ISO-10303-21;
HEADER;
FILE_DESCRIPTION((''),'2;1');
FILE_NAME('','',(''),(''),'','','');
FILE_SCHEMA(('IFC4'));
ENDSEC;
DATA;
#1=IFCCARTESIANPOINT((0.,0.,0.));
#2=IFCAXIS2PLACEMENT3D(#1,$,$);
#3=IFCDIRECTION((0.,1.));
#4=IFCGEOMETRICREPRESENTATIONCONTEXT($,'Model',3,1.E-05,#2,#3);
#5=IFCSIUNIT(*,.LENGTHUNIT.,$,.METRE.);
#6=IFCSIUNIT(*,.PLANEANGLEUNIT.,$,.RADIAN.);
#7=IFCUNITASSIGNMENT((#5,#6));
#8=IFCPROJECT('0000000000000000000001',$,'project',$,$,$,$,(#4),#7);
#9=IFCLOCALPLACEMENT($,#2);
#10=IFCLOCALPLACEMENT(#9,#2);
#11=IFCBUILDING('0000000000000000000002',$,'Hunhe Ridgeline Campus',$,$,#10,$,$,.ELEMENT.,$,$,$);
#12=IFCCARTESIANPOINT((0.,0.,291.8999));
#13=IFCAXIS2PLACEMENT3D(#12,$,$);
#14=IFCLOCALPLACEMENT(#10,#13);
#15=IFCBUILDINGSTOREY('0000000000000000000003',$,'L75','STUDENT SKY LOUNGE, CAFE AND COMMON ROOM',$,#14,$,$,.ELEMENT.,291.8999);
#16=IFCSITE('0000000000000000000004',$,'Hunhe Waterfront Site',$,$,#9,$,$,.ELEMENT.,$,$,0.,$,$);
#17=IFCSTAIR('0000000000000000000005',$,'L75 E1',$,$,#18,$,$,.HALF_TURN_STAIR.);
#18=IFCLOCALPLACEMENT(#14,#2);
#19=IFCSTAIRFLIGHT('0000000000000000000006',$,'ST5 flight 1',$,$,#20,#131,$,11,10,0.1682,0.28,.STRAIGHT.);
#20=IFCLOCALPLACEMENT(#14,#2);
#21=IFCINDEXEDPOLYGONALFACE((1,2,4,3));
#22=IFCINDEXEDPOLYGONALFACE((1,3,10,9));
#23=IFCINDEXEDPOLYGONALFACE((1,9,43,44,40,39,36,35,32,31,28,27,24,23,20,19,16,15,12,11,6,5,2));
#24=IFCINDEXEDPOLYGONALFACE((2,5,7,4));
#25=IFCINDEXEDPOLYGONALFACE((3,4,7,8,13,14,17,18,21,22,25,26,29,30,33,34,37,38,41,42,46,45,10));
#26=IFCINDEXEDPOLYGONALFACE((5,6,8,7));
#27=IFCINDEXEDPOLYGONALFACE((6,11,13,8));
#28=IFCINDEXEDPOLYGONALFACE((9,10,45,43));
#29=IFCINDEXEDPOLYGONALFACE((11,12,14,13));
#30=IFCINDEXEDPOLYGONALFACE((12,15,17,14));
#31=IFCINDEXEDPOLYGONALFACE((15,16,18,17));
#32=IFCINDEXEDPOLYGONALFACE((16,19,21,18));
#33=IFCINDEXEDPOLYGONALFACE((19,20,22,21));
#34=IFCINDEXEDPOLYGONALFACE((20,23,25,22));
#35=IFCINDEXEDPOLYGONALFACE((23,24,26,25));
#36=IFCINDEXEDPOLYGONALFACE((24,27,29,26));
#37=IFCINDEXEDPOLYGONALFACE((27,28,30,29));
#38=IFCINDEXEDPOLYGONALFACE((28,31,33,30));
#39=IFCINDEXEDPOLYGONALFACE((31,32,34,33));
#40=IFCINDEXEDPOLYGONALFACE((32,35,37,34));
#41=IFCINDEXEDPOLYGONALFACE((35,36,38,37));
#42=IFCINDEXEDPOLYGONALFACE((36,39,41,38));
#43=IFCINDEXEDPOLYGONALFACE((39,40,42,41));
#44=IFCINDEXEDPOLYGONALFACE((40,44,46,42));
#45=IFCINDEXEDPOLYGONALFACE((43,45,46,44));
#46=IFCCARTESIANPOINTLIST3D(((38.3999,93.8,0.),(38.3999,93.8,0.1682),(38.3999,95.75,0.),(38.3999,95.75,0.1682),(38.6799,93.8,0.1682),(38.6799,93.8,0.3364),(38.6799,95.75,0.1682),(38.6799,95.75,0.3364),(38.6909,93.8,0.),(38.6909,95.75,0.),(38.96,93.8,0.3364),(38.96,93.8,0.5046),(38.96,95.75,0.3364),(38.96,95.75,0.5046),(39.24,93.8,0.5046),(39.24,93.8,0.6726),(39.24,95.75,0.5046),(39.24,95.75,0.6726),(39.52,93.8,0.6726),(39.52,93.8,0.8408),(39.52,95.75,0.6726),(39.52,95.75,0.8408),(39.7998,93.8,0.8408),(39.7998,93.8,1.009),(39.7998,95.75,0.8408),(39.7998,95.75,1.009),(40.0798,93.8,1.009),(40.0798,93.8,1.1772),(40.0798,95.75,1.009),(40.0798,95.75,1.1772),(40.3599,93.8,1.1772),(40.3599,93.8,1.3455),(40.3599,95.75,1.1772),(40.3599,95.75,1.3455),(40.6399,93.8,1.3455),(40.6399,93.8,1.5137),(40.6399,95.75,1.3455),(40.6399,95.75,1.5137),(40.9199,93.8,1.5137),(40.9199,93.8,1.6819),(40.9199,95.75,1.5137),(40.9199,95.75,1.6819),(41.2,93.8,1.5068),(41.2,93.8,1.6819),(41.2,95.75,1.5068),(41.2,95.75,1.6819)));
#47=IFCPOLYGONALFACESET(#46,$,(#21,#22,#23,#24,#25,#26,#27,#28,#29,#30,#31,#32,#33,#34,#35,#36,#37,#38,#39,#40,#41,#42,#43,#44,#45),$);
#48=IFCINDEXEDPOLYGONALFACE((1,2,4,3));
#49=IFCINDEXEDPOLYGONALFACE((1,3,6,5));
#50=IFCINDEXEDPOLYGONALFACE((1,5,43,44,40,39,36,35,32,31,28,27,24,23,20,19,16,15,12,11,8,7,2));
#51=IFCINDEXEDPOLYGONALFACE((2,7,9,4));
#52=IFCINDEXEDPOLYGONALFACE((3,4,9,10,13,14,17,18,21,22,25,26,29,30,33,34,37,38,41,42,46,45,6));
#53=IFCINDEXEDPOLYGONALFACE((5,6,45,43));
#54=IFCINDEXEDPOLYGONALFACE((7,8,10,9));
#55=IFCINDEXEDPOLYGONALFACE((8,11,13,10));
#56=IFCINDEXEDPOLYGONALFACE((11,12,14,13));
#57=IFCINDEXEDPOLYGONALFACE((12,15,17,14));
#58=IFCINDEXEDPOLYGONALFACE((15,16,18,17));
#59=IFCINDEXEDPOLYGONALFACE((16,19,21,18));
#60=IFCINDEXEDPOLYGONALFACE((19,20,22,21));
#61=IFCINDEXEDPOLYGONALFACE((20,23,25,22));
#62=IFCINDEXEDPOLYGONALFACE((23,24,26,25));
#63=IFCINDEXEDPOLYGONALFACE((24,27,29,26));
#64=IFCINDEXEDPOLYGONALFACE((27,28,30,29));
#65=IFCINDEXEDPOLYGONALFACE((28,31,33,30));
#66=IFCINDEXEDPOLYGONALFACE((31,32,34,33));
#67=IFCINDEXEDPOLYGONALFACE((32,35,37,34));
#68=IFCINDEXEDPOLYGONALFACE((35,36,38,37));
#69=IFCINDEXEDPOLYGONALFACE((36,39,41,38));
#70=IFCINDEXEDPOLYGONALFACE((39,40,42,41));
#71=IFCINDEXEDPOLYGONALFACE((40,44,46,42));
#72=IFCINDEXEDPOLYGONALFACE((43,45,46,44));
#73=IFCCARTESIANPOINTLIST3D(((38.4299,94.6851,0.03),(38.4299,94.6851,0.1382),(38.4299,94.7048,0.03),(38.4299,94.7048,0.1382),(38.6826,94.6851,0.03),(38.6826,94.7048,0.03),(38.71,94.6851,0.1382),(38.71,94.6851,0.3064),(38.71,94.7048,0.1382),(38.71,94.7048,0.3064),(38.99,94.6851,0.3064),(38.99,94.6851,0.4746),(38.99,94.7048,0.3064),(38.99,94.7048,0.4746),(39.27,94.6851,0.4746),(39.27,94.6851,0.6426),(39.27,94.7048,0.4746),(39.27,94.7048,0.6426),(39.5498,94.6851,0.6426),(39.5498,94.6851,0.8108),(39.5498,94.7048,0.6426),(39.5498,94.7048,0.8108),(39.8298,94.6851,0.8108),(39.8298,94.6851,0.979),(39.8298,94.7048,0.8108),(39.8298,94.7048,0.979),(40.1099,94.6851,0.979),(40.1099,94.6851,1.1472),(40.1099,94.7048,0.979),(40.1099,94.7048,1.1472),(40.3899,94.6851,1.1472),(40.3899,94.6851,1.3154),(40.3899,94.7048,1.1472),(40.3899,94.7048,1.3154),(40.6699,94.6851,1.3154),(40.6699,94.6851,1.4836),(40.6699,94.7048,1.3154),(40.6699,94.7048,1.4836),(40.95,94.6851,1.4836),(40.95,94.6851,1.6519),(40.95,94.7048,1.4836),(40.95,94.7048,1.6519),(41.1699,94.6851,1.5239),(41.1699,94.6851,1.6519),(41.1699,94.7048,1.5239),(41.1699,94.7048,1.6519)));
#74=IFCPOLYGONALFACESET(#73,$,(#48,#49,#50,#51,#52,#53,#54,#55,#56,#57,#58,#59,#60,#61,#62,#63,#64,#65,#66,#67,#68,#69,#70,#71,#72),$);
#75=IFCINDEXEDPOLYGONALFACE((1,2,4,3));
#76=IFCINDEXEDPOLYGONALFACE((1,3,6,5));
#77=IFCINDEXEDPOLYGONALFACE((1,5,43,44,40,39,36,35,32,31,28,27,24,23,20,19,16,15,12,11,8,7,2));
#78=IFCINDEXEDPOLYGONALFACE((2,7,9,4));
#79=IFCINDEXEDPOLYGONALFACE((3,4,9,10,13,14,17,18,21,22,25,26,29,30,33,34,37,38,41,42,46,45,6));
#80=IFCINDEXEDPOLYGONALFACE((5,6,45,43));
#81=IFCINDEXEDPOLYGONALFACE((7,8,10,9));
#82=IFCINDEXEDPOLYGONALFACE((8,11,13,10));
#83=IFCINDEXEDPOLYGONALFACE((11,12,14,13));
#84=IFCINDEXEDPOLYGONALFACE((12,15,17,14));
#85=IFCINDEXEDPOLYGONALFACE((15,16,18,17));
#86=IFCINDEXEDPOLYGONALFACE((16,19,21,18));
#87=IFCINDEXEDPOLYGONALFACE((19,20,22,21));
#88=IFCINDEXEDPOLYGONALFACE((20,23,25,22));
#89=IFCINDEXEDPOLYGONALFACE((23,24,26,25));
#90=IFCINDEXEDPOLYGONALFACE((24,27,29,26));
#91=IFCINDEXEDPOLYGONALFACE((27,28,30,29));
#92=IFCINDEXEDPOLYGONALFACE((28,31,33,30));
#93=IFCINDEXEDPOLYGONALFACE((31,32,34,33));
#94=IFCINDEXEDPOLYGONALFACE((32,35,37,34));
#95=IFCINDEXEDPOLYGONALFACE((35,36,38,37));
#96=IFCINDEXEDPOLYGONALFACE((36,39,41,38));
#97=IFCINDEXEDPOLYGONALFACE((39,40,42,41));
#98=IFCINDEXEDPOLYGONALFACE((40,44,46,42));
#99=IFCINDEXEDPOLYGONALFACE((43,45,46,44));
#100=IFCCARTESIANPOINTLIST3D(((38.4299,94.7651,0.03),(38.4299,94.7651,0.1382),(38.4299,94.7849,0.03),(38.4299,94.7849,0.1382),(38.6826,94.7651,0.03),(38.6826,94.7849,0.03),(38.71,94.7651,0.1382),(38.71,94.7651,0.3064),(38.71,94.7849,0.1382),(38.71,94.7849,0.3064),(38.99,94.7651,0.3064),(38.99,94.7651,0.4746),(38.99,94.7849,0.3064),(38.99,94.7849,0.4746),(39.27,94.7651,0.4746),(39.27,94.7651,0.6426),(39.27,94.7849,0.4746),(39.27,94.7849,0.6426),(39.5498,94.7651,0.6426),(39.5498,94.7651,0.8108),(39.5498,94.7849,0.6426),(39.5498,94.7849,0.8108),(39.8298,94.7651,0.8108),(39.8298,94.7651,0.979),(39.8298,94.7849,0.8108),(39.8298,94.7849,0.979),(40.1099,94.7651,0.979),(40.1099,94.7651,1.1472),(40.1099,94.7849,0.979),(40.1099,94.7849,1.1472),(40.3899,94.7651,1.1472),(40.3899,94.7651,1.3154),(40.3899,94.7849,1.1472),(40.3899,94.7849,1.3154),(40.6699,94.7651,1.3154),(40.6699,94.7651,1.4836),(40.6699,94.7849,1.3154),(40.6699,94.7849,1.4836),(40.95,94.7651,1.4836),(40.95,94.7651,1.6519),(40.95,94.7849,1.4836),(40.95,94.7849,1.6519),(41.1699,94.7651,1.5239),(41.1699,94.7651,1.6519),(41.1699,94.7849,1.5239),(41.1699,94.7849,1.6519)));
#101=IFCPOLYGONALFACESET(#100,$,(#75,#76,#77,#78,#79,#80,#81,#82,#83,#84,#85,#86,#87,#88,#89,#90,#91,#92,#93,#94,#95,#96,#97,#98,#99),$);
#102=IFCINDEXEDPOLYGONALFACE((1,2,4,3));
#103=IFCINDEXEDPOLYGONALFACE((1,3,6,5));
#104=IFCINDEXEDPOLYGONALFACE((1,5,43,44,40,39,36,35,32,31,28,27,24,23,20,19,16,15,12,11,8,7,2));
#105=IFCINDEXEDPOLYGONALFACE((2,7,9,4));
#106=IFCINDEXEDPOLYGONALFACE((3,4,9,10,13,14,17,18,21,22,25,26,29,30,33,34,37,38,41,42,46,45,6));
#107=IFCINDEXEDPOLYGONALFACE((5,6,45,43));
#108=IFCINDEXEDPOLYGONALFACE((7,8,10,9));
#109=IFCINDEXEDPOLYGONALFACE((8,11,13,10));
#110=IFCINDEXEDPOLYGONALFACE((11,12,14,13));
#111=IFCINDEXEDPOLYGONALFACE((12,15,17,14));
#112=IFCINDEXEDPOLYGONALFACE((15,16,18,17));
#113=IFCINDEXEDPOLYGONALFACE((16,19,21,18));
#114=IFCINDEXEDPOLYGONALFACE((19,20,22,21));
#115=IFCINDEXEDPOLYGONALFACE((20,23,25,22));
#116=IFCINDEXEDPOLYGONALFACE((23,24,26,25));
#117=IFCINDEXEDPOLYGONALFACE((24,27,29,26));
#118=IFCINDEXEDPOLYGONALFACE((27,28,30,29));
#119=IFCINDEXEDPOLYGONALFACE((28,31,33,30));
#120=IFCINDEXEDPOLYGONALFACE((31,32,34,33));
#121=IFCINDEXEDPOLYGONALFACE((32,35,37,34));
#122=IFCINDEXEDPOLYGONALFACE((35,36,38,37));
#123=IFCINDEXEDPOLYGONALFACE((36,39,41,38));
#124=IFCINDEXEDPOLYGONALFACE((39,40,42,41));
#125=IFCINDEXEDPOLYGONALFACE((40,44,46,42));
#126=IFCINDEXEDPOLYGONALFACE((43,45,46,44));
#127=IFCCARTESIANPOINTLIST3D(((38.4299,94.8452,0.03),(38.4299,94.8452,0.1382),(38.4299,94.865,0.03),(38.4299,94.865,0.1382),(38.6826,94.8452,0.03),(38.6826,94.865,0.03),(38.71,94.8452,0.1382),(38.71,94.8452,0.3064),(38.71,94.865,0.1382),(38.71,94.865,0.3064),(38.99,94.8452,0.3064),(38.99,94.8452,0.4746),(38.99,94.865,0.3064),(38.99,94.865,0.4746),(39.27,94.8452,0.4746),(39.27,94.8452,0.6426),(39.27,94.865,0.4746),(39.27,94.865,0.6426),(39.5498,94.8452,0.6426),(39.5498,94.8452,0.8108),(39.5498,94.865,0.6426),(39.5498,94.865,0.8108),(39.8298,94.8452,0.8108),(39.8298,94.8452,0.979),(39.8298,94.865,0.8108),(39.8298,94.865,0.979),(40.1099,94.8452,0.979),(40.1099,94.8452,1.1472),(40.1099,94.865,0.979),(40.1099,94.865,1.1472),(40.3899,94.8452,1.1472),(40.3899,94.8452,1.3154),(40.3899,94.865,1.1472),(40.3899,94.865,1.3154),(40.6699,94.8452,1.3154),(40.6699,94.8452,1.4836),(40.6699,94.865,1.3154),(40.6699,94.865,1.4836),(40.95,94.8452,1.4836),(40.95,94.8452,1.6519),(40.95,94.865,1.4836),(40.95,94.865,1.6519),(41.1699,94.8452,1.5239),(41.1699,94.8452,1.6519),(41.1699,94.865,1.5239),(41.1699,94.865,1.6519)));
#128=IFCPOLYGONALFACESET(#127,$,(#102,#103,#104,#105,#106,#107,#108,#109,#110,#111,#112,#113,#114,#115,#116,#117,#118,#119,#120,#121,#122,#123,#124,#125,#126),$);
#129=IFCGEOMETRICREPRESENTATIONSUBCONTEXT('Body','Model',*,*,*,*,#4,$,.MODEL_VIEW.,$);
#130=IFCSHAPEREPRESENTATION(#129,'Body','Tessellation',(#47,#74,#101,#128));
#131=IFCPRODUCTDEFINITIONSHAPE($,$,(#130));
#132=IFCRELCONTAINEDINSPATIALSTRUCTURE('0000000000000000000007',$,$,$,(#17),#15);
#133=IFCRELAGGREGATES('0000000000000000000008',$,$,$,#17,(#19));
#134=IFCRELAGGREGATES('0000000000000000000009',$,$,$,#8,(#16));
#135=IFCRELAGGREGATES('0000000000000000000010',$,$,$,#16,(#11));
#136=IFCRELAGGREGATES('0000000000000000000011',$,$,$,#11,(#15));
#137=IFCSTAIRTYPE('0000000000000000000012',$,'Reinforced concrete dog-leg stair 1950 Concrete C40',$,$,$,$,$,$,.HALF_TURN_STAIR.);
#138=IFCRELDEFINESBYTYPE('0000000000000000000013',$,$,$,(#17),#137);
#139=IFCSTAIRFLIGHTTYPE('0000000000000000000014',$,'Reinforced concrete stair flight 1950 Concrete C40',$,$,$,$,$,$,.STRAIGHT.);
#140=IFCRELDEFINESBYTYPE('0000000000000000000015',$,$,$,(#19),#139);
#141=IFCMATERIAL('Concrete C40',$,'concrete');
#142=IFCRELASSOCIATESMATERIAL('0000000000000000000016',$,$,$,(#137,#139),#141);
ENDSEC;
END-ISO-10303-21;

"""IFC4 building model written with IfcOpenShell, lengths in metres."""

from ifc_helpers import new_model, si_unit, direction, frame, origin, place, context, subcontext, project, spatial, polyline, outline, extrude, material, type_object, element, aggregate, save


model = new_model("IFC4")

# Units and contexts
model_context = context("Model", 3, precision=1e-05, world=origin(), true_north=direction((0.0, 1.0)))
body_context = subcontext(model_context, "Body", "Model", "MODEL_VIEW")
ifc_project = project(units=[si_unit("LENGTHUNIT", "METRE"), si_unit("PLANEANGLEUNIT", "RADIAN")], contexts=[model_context])

# Site, building, storey
site_placement = place(None, origin())
site = spatial("IfcSite", under=ifc_project, at=site_placement, Name="Hunhe Waterfront Site", CompositionType="ELEMENT", RefElevation=0.0)
building_placement = place(site_placement, origin())
building = spatial("IfcBuilding", under=site, at=building_placement, Name="Hunhe Ridgeline Campus", CompositionType="ELEMENT")
storey_placement = place(building_placement, frame((0.0, 0.0, 291.8999)))
storey = spatial("IfcBuildingStorey", under=building, at=storey_placement, Name="L75", Description="STUDENT SKY LOUNGE, CAFE AND COMMON ROOM", CompositionType="ELEMENT", Elevation=291.8999)

# Stair, stair flight
ifc_material_1 = material(Name="Concrete C40", Category="concrete")
stair_type = type_object("IfcStairType", Name="Reinforced concrete dog-leg stair 1950 Concrete C40", PredefinedType="HALF_TURN_STAIR", material=ifc_material_1)
stair_placement = place(storey_placement, origin())
stair = element("IfcStair", 1, at=stair_placement, inside=storey, type_object=stair_type, Name="L75 E1", PredefinedType="HALF_TURN_STAIR")
stair_flight_type = type_object("IfcStairFlightType", Name="Reinforced concrete stair flight 1950 Concrete C40", PredefinedType="STRAIGHT", material=ifc_material_1)
stair_flight_1_placement = place(storey_placement, frame((38.3999, 94.7749, 0.0), z_axis=(0.0, 0.0, 1.0), x_axis=(1.0, 0.0, 0.0)))
stair_flight_1 = element("IfcStairFlight", 2, at=stair_flight_1_placement, type_object=stair_flight_type, Name="ST5 flight 1", NumberOfRisers=11, NumberOfTreads=10, PredefinedType="STRAIGHT", RiserHeight=0.1682, TreadLength=0.28, context=body_context, shape_type="SweptSolid", body=[
    extrude(outline(polyline([(0.0, 0.0), (0.0, 0.1682), (0.28, 0.1682), (0.28, 0.3364), (0.5601, 0.3364), (0.5601, 0.5046), (0.8401, 0.5046), (0.8401, 0.6726), (1.1201, 0.6726), (1.1201, 0.8408), (1.3999, 0.8408), (1.3999, 1.009), (1.6799, 1.009), (1.6799, 1.1772), (1.96, 1.1772), (1.96, 1.3455), (2.24, 1.3455), (2.24, 1.5137), (2.52, 1.5137), (2.52, 1.6819), (2.8, 1.6819), (2.8, 1.8501), (2.8, 1.5068), (0.291, 0.0), (0.0, 0.0)])), frame((0.0, 0.9751, 0.0), z_axis=(0.0, -1.0, 0.0), x_axis=(1.0, 0.0, 0.0)), (0.0, 0.0, 1.0), 1.95),
    extrude(outline(polyline([(0.03, 0.03), (0.03, 0.1382), (0.3101, 0.1382), (0.3101, 0.3064), (0.5901, 0.3064), (0.5901, 0.4746), (0.8701, 0.4746), (0.8701, 0.6426), (1.1499, 0.6426), (1.1499, 0.8108), (1.4299, 0.8108), (1.4299, 0.979), (1.71, 0.979), (1.71, 1.1472), (1.99, 1.1472), (1.99, 1.3154), (2.27, 1.3154), (2.27, 1.4836), (2.55, 1.4836), (2.55, 1.6519), (2.77, 1.6519), (2.77, 1.5239), (0.2827, 0.03), (0.03, 0.03)])), frame((0.0, -0.0701, 0.0), z_axis=(0.0, -1.0, 0.0), x_axis=(1.0, 0.0, 0.0)), (0.0, 0.0, 1.0), 0.0198),
    extrude(outline(polyline([(0.03, 0.03), (0.03, 0.1382), (0.3101, 0.1382), (0.3101, 0.3064), (0.5901, 0.3064), (0.5901, 0.4746), (0.8701, 0.4746), (0.8701, 0.6426), (1.1499, 0.6426), (1.1499, 0.8108), (1.4299, 0.8108), (1.4299, 0.979), (1.71, 0.979), (1.71, 1.1472), (1.99, 1.1472), (1.99, 1.3154), (2.27, 1.3154), (2.27, 1.4836), (2.55, 1.4836), (2.55, 1.6519), (2.77, 1.6519), (2.77, 1.5239), (0.2827, 0.03), (0.03, 0.03)])), frame((0.0, 0.01, 0.0), z_axis=(0.0, -1.0, 0.0), x_axis=(1.0, 0.0, 0.0)), (0.0, 0.0, 1.0), 0.0198),
    extrude(outline(polyline([(0.03, 0.03), (0.03, 0.1382), (0.3101, 0.1382), (0.3101, 0.3064), (0.5901, 0.3064), (0.5901, 0.4746), (0.8701, 0.4746), (0.8701, 0.6426), (1.1499, 0.6426), (1.1499, 0.8108), (1.4299, 0.8108), (1.4299, 0.979), (1.71, 0.979), (1.71, 1.1472), (1.99, 1.1472), (1.99, 1.3154), (2.27, 1.3154), (2.27, 1.4836), (2.55, 1.4836), (2.55, 1.6519), (2.77, 1.6519), (2.77, 1.5239), (0.2827, 0.03), (0.03, 0.03)])), frame((0.0, 0.0901, 0.0), z_axis=(0.0, -1.0, 0.0), x_axis=(1.0, 0.0, 0.0)), (0.0, 0.0, 1.0), 0.0198),
])
aggregate(stair, [stair_flight_1])

save(model, "model.ifc")
